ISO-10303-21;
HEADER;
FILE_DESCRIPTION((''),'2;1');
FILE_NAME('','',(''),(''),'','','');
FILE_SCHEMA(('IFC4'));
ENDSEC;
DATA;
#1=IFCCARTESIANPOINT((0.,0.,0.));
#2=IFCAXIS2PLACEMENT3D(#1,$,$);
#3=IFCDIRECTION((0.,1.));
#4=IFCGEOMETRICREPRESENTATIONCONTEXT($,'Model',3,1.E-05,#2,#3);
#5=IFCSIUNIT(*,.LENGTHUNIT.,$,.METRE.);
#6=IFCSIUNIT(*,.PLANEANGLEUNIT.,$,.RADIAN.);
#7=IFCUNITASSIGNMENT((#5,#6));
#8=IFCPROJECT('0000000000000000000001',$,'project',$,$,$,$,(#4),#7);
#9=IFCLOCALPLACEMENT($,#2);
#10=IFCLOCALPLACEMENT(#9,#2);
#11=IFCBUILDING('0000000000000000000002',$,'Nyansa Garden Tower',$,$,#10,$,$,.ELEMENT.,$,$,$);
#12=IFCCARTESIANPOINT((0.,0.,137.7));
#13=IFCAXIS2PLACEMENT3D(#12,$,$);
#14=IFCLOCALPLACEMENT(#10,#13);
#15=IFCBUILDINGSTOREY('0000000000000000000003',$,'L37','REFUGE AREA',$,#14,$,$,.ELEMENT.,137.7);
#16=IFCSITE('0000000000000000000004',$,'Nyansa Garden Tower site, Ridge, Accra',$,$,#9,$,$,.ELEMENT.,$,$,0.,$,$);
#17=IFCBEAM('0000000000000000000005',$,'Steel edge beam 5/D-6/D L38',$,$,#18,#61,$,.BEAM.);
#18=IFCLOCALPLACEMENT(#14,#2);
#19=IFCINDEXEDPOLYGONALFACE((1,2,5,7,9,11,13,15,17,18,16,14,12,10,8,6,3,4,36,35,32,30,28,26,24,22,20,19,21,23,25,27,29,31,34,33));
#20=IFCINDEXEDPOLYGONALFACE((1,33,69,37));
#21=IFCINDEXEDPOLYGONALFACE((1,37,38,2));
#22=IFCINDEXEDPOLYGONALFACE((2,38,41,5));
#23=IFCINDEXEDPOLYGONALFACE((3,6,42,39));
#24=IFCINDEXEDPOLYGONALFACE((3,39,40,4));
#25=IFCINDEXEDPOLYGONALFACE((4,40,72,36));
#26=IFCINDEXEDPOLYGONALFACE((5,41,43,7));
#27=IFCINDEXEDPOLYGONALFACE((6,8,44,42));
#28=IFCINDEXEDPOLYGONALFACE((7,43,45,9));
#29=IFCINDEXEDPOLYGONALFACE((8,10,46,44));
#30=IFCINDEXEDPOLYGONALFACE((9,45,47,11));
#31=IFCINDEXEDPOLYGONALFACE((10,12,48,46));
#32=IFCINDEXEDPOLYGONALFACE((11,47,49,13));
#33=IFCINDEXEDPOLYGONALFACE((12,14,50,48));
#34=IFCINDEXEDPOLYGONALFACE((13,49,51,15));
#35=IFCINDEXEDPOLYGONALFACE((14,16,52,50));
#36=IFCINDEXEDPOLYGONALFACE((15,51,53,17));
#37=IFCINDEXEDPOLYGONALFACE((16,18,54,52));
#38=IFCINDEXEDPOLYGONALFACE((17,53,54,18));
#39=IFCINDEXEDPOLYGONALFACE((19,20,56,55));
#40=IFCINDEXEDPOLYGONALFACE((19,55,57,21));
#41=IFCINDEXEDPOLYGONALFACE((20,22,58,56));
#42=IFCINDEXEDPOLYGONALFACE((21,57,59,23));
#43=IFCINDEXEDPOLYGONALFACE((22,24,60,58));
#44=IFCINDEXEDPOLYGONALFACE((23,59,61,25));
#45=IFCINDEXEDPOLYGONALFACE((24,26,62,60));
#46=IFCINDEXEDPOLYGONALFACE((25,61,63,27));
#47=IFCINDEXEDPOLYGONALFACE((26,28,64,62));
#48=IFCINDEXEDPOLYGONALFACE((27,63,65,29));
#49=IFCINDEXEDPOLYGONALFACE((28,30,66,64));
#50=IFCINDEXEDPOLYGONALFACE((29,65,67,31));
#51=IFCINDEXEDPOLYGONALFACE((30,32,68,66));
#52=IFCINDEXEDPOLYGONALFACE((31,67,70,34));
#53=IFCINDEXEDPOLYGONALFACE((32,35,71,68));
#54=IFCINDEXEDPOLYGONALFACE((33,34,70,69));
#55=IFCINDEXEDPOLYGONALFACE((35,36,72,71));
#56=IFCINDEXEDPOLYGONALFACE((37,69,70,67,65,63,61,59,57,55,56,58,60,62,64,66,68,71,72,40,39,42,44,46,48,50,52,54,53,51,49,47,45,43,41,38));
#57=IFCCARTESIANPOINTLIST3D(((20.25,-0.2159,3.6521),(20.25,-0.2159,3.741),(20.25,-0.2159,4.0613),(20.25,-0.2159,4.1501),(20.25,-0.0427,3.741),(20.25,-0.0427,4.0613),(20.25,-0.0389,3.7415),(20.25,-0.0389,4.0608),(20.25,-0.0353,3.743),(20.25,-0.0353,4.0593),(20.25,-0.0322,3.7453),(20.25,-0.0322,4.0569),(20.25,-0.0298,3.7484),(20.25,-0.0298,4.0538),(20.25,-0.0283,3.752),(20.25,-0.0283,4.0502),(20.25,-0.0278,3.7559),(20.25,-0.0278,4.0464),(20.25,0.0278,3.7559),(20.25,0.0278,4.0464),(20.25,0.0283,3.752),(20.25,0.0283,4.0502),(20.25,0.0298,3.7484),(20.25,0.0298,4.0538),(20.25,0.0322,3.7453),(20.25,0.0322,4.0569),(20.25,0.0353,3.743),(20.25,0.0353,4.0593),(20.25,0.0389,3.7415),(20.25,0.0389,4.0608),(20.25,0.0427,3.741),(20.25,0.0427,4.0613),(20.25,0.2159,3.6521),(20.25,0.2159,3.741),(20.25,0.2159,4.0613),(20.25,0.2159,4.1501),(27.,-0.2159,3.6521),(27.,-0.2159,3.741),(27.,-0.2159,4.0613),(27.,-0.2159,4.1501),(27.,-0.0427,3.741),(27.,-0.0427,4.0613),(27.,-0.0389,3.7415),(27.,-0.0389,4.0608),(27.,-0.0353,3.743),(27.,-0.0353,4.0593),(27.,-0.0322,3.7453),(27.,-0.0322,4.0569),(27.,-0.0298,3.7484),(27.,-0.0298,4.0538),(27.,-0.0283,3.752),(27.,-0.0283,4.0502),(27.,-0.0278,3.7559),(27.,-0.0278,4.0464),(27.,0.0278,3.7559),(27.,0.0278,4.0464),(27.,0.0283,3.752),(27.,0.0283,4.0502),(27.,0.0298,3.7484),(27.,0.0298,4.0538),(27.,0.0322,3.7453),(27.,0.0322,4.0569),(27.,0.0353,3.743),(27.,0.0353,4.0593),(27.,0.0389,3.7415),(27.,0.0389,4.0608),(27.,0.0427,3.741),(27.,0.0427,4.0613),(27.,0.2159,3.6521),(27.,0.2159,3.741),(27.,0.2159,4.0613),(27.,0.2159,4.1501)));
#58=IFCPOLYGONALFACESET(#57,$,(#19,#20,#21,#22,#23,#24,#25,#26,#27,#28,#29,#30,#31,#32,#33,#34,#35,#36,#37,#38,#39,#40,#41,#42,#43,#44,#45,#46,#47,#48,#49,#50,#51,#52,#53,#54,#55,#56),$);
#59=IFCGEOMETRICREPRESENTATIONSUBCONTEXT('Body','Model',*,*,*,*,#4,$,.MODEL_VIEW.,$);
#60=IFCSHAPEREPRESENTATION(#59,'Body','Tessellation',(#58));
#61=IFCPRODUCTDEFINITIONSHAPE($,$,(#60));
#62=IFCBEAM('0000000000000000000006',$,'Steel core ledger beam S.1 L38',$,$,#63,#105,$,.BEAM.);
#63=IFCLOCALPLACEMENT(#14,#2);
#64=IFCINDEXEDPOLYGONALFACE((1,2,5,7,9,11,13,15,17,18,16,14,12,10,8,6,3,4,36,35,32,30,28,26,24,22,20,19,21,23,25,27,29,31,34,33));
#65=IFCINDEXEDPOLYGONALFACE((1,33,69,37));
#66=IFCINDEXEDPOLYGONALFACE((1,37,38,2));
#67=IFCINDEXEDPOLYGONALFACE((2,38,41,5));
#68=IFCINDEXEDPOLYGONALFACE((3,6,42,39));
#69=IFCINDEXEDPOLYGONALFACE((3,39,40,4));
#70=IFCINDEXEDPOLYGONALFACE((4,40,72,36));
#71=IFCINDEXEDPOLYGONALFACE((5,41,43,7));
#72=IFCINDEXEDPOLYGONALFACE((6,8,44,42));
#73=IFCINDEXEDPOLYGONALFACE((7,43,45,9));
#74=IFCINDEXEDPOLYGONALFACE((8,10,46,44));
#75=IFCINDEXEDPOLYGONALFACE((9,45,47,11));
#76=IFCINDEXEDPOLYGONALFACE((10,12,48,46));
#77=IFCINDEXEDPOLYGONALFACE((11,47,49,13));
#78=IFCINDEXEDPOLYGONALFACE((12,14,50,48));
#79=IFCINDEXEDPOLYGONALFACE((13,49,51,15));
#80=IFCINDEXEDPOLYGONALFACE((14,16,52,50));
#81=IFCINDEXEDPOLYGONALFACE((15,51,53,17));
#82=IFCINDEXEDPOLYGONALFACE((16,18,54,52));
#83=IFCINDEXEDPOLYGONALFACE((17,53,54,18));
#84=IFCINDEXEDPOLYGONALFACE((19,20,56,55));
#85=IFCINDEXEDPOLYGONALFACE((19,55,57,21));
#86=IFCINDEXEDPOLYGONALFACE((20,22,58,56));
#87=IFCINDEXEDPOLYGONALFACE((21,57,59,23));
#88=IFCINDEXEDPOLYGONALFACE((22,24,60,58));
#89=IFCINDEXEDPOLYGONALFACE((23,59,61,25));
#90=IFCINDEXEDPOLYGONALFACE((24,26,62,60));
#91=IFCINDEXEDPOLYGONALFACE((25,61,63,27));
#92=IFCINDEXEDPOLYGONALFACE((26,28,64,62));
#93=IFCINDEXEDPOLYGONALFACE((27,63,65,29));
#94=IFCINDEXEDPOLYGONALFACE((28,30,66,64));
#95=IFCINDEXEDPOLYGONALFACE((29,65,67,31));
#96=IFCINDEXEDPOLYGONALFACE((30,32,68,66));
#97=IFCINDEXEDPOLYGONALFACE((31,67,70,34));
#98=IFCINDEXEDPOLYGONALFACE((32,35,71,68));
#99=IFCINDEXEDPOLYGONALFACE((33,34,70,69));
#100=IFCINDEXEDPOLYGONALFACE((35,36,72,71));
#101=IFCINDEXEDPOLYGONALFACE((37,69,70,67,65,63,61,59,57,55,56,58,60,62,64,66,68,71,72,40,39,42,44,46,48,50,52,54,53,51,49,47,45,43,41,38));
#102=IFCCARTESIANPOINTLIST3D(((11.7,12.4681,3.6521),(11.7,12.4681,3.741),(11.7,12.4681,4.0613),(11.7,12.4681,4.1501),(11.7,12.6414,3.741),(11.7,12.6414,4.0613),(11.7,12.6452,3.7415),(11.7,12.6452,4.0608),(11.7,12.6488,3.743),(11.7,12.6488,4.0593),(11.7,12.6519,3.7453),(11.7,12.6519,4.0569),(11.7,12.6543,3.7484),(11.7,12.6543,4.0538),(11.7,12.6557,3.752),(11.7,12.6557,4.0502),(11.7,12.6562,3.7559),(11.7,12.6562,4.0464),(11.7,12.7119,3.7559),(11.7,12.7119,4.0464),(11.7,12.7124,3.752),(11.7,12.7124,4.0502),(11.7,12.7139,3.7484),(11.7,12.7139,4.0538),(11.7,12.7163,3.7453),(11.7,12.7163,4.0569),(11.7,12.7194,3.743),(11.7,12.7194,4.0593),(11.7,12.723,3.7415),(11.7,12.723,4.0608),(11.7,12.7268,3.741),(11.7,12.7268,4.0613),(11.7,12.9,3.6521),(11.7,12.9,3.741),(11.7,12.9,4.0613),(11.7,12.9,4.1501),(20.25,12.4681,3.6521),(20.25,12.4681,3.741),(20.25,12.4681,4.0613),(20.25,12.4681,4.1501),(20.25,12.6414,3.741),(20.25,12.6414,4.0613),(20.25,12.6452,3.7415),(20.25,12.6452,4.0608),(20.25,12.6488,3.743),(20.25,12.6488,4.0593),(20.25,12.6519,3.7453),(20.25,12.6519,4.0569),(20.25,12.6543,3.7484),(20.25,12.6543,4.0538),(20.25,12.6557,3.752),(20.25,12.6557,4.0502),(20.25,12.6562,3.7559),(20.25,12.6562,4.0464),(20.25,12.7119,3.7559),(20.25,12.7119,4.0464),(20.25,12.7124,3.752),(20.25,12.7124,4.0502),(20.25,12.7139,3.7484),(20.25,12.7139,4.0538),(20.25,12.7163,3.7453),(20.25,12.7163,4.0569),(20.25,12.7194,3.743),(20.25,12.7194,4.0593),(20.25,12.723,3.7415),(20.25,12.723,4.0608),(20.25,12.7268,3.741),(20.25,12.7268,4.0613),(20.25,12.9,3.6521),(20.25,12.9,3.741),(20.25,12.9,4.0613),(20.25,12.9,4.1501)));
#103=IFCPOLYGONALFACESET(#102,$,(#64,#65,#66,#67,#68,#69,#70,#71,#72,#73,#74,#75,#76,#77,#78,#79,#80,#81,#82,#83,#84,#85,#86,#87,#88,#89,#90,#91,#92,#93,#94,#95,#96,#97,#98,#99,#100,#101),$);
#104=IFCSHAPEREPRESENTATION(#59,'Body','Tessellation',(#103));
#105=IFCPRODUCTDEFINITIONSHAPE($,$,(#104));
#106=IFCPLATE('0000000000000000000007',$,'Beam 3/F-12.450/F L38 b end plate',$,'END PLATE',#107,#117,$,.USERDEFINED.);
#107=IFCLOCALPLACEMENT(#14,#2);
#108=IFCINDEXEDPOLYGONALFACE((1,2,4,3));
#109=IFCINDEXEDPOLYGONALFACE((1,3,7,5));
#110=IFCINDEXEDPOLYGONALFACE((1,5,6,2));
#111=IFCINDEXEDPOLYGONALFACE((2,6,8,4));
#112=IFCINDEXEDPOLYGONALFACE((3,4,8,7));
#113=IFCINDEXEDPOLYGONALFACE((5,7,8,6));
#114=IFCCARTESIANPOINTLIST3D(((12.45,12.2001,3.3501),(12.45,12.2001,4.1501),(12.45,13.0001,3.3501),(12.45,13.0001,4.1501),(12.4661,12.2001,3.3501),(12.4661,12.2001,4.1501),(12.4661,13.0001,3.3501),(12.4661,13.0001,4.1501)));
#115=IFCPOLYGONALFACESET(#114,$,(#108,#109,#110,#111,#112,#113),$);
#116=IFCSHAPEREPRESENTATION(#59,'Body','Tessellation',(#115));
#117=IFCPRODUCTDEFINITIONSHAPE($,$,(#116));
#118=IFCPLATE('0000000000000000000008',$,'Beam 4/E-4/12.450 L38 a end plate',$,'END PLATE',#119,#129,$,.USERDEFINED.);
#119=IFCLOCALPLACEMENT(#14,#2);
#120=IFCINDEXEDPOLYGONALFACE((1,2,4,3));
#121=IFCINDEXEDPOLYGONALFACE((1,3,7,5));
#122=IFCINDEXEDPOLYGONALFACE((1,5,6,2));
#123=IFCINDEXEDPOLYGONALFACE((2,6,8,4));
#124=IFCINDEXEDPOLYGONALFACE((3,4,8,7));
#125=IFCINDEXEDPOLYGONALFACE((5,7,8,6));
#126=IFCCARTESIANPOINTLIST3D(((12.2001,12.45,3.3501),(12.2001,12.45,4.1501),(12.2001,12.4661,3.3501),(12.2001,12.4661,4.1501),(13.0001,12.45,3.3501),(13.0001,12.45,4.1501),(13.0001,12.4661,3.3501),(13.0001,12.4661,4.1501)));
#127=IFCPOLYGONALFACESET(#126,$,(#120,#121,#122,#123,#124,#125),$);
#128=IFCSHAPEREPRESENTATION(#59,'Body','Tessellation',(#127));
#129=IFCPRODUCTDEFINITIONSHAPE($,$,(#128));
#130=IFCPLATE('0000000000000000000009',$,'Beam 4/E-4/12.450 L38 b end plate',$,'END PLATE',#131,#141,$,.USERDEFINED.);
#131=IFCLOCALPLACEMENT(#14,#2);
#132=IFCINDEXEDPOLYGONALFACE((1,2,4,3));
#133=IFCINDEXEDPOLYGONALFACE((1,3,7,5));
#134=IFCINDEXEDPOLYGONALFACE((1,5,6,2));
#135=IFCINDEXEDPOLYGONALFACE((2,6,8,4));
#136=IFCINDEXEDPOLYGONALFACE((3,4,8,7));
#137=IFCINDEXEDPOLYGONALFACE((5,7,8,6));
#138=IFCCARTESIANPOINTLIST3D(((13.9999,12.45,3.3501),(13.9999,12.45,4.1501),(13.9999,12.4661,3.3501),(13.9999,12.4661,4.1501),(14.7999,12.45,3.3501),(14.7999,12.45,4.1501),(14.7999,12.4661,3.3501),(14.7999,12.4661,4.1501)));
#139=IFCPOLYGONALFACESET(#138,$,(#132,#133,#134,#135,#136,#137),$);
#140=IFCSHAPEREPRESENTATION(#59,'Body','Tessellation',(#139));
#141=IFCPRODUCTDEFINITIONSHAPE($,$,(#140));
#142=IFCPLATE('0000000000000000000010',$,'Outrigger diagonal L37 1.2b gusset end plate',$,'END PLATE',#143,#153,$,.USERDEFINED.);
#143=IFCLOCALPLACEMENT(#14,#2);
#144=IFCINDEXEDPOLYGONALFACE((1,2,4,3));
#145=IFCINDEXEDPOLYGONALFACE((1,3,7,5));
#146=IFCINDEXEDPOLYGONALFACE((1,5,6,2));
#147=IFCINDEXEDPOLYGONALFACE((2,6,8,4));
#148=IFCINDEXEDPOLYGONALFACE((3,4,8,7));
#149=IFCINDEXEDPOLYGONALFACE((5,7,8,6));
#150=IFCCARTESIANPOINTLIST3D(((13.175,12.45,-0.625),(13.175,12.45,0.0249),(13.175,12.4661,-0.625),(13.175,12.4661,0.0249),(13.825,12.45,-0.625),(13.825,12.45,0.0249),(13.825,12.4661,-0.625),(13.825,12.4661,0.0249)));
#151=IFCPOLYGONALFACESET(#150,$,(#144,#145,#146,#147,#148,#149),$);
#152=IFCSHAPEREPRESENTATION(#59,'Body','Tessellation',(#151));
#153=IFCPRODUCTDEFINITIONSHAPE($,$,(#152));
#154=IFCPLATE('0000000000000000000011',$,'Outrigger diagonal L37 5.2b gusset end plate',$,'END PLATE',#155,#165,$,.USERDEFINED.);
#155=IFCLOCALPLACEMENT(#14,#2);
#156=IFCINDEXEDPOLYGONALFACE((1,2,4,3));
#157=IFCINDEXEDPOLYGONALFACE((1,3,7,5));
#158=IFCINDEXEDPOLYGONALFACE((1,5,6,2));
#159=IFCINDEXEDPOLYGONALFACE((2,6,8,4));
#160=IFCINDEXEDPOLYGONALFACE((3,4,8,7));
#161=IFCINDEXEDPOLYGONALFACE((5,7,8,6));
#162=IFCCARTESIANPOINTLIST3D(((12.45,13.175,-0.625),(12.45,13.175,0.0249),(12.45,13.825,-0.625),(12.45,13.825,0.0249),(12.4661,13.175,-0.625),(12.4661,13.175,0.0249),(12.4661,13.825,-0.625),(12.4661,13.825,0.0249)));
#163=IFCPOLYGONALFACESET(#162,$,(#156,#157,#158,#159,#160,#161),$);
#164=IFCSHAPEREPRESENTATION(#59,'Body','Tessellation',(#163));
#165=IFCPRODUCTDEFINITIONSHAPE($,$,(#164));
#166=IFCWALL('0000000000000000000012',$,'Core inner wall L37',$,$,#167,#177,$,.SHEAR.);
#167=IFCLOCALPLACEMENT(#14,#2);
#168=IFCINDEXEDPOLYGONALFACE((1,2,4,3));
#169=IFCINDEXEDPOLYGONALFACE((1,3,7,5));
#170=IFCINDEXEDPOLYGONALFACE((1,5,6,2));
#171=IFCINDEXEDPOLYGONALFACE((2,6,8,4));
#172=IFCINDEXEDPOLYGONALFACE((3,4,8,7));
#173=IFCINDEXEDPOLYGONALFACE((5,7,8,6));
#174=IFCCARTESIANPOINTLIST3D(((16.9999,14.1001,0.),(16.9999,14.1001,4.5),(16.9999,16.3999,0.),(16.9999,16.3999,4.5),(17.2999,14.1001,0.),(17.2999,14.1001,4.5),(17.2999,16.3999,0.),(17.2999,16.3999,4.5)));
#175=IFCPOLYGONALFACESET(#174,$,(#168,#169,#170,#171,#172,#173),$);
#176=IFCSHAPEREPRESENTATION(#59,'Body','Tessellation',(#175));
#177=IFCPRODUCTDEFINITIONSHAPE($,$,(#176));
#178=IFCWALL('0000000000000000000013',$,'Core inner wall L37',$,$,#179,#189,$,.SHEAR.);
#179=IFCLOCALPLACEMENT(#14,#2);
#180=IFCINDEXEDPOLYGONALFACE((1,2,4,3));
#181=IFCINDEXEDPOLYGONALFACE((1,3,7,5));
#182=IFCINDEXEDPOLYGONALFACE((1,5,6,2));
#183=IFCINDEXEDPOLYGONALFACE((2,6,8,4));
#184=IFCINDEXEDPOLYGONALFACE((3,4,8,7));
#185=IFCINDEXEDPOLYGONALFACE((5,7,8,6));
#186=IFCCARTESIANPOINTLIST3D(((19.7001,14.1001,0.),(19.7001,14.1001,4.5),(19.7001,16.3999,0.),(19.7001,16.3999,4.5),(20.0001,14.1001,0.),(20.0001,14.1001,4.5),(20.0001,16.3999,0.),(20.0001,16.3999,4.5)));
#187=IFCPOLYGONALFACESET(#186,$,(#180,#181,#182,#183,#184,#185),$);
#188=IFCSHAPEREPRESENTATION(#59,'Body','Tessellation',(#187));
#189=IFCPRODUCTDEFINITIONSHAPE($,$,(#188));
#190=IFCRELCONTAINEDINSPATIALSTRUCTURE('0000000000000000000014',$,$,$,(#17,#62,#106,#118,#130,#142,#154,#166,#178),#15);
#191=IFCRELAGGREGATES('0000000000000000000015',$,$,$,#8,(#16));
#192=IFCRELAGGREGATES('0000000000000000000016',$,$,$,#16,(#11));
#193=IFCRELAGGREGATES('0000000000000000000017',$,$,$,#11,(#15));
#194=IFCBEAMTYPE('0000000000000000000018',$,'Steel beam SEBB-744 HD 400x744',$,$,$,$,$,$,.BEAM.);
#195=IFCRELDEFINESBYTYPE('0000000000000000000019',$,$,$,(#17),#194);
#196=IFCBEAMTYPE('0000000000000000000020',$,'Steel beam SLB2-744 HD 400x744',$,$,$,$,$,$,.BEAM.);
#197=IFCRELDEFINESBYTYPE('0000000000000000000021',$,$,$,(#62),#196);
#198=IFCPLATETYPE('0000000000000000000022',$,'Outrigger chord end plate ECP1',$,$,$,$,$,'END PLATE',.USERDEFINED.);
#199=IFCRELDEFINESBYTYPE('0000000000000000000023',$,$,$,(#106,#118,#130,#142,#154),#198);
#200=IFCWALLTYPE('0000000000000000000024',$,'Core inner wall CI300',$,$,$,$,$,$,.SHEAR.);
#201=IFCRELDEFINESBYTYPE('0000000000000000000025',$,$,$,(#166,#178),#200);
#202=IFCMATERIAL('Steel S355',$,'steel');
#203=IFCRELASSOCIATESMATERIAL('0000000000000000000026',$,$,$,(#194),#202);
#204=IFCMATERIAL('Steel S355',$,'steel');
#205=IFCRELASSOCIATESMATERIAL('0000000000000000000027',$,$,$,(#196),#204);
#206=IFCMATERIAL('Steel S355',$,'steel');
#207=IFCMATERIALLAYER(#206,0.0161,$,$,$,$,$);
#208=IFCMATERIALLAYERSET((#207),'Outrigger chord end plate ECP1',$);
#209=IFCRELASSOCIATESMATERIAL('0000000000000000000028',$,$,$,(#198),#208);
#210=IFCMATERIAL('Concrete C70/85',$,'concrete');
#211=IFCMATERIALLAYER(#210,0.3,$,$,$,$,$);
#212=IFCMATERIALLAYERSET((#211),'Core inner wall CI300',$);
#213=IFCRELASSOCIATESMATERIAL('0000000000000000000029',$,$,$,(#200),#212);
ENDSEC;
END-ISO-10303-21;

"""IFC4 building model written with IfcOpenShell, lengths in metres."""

from ifc_helpers import new_model, si_unit, direction, frame, frame_2d, origin, origin_2d, place, context, subcontext, project, spatial, rectangle, i_section, extrude, material, layer, layer_set, material_profile, profile_set, type_object, element, save


model = new_model("IFC4")

# Units and contexts
model_context = context("Model", 3, precision=1e-05, world=origin(), true_north=direction((0.0, 1.0)))
body_context = subcontext(model_context, "Body", "Model", "MODEL_VIEW")
ifc_project = project(units=[si_unit("LENGTHUNIT", "METRE"), si_unit("PLANEANGLEUNIT", "RADIAN")], contexts=[model_context])

# Site, building, storey
site_placement = place(None, origin())
site = spatial("IfcSite", under=ifc_project, at=site_placement, Name="Nyansa Garden Tower site, Ridge, Accra", CompositionType="ELEMENT", RefElevation=0.0)
building_placement = place(site_placement, origin())
building = spatial("IfcBuilding", under=site, at=building_placement, Name="Nyansa Garden Tower", CompositionType="ELEMENT")
storey_placement = place(building_placement, frame((0.0, 0.0, 137.7)))
storey = spatial("IfcBuildingStorey", under=building, at=storey_placement, Name="L37", Description="REFUGE AREA", CompositionType="ELEMENT", Elevation=137.7)

# Beams
ifc_material_1 = material(Name="Steel S355", Category="steel")
ifc_material_profile_1 = material_profile(ifc_material_1, i_section(OverallWidth=0.4319, OverallDepth=0.498, WebThickness=0.0557, FlangeThickness=0.0889, FilletRadius=0.0149, at=origin_2d()), Name="HD 400x744")
ifc_profile_set_1 = profile_set([ifc_material_profile_1], Name="Steel S355")
beam_type_1 = type_object("IfcBeamType", Name="Steel beam SEBB-744 HD 400x744", PredefinedType="BEAM", material=ifc_profile_set_1)
for number, where, z_axis, x_axis, name in (
    (1, (20.25, 0.0, 3.9011), (1.0, 0.0, 0.0), (0.0, 1.0, 0.0), "Steel edge beam 5/D-6/D L38"),
):
    element("IfcBeam", number, at=place(storey_placement, frame(where, z_axis=z_axis, x_axis=x_axis)), inside=storey, type_object=beam_type_1, Name=name, PredefinedType="BEAM", context=body_context, shape_type="SweptSolid", body=[
        extrude(i_section(OverallWidth=0.4319, OverallDepth=0.498, WebThickness=0.0557, FlangeThickness=0.0889, FilletRadius=0.0149, at=origin_2d()), origin(), (0.0, 0.0, 1.0), 6.75),
    ])
ifc_material_2 = material(Name="Steel S355", Category="steel")
ifc_material_profile_2 = material_profile(ifc_material_2, i_section(OverallWidth=0.4319, OverallDepth=0.498, WebThickness=0.0557, FlangeThickness=0.0889, FilletRadius=0.0149, at=origin_2d()), Name="HD 400x744")
ifc_profile_set_2 = profile_set([ifc_material_profile_2], Name="Steel S355")
beam_type_2 = type_object("IfcBeamType", Name="Steel beam SLB2-744 HD 400x744", PredefinedType="BEAM", material=ifc_profile_set_2)
beam_1_placement = place(storey_placement, frame((11.7, 12.6841, 3.9011), z_axis=(1.0, 0.0, 0.0), x_axis=(0.0, 1.0, 0.0)))
element("IfcBeam", 2, at=beam_1_placement, inside=storey, type_object=beam_type_2, Name="Steel core ledger beam S.1 L38", PredefinedType="BEAM", context=body_context, shape_type="SweptSolid", body=[
    extrude(i_section(OverallWidth=0.4319, OverallDepth=0.498, WebThickness=0.0557, FlangeThickness=0.0889, FilletRadius=0.0149, at=origin_2d()), origin(), (0.0, 0.0, 1.0), 8.55),
])

# Plates
ifc_material_3 = material(Name="Steel S355", Category="steel")
ifc_layer_1 = layer(ifc_material_3, 0.0161)
ifc_layer_set_1 = layer_set([ifc_layer_1], Name="Outrigger chord end plate ECP1")
plate_type = type_object("IfcPlateType", Name="Outrigger chord end plate ECP1", ElementType="END PLATE", PredefinedType="USERDEFINED", material=ifc_layer_set_1)
plate_1_placement = place(storey_placement, frame((12.458, 12.6001, 3.3501), z_axis=(0.0, 0.0, 1.0), x_axis=(1.0, 0.0, 0.0)))
element("IfcPlate", 3, at=plate_1_placement, inside=storey, type_object=plate_type, Name="Beam 3/F-12.450/F L38 b end plate", ObjectType="END PLATE", PredefinedType="USERDEFINED", context=body_context, shape_type="SweptSolid", body=[
    extrude(rectangle(XDim=0.0161, YDim=0.8, at=origin_2d()), origin(), (0.0, 0.0, 1.0), 0.8),
])
for number, where, z_axis, x_axis, name in (
    (4, (12.6001, 12.458, 3.3501), (0.0, 0.0, 1.0), (1.0, 0.0, 0.0), "Beam 4/E-4/12.450 L38 a end plate"),
    (5, (14.3999, 12.458, 3.3501), (0.0, 0.0, 1.0), (1.0, 0.0, 0.0), "Beam 4/E-4/12.450 L38 b end plate"),
):
    element("IfcPlate", number, at=place(storey_placement, frame(where, z_axis=z_axis, x_axis=x_axis)), inside=storey, type_object=plate_type, Name=name, ObjectType="END PLATE", PredefinedType="USERDEFINED", context=body_context, shape_type="SweptSolid", body=[
        extrude(rectangle(XDim=0.8, YDim=0.0161, at=origin_2d()), origin(), (0.0, 0.0, 1.0), 0.8),
    ])
plate_2_placement = place(storey_placement, frame((13.5, 12.458, -0.625), z_axis=(0.0, 0.0, 1.0), x_axis=(1.0, 0.0, 0.0)))
element("IfcPlate", 6, at=plate_2_placement, inside=storey, type_object=plate_type, Name="Outrigger diagonal L37 1.2b gusset end plate", ObjectType="END PLATE", PredefinedType="USERDEFINED", context=body_context, shape_type="SweptSolid", body=[
    extrude(rectangle(XDim=0.6499, YDim=0.0161, at=origin_2d()), origin(), (0.0, 0.0, 1.0), 0.6499),
])
plate_3_placement = place(storey_placement, frame((12.458, 13.5, -0.625), z_axis=(0.0, 0.0, 1.0), x_axis=(1.0, 0.0, 0.0)))
element("IfcPlate", 7, at=plate_3_placement, inside=storey, type_object=plate_type, Name="Outrigger diagonal L37 5.2b gusset end plate", ObjectType="END PLATE", PredefinedType="USERDEFINED", context=body_context, shape_type="SweptSolid", body=[
    extrude(rectangle(XDim=0.0161, YDim=0.6499, at=origin_2d()), origin(), (0.0, 0.0, 1.0), 0.6499),
])

# Walls
ifc_material_4 = material(Name="Concrete C70/85", Category="concrete")
ifc_layer_2 = layer(ifc_material_4, 0.3)
ifc_layer_set_2 = layer_set([ifc_layer_2], Name="Core inner wall CI300")
wall_type_1 = type_object("IfcWallType", Name="Core inner wall CI300", PredefinedType="SHEAR", material=ifc_layer_set_2)
for number, where, z_axis, x_axis, name in (
    (8, (17.1499, 14.1001, 0.0), (0.0, 0.0, 1.0), (0.0, 1.0, 0.0), "Core inner wall L37"),
    (9, (19.8501, 14.1001, 0.0), (0.0, 0.0, 1.0), (0.0, 1.0, 0.0), "Core inner wall L37"),
):
    element("IfcWall", number, at=place(storey_placement, frame(where, z_axis=z_axis, x_axis=x_axis)), inside=storey, type_object=wall_type_1, Name=name, PredefinedType="SHEAR", context=body_context, shape_type="SweptSolid", body=[
        extrude(rectangle(XDim=2.2998, YDim=0.3, at=frame_2d((1.1499, 0.0))), origin(), (0.0, 0.0, 1.0), 4.5),
    ])

save(model, "model.ifc")
